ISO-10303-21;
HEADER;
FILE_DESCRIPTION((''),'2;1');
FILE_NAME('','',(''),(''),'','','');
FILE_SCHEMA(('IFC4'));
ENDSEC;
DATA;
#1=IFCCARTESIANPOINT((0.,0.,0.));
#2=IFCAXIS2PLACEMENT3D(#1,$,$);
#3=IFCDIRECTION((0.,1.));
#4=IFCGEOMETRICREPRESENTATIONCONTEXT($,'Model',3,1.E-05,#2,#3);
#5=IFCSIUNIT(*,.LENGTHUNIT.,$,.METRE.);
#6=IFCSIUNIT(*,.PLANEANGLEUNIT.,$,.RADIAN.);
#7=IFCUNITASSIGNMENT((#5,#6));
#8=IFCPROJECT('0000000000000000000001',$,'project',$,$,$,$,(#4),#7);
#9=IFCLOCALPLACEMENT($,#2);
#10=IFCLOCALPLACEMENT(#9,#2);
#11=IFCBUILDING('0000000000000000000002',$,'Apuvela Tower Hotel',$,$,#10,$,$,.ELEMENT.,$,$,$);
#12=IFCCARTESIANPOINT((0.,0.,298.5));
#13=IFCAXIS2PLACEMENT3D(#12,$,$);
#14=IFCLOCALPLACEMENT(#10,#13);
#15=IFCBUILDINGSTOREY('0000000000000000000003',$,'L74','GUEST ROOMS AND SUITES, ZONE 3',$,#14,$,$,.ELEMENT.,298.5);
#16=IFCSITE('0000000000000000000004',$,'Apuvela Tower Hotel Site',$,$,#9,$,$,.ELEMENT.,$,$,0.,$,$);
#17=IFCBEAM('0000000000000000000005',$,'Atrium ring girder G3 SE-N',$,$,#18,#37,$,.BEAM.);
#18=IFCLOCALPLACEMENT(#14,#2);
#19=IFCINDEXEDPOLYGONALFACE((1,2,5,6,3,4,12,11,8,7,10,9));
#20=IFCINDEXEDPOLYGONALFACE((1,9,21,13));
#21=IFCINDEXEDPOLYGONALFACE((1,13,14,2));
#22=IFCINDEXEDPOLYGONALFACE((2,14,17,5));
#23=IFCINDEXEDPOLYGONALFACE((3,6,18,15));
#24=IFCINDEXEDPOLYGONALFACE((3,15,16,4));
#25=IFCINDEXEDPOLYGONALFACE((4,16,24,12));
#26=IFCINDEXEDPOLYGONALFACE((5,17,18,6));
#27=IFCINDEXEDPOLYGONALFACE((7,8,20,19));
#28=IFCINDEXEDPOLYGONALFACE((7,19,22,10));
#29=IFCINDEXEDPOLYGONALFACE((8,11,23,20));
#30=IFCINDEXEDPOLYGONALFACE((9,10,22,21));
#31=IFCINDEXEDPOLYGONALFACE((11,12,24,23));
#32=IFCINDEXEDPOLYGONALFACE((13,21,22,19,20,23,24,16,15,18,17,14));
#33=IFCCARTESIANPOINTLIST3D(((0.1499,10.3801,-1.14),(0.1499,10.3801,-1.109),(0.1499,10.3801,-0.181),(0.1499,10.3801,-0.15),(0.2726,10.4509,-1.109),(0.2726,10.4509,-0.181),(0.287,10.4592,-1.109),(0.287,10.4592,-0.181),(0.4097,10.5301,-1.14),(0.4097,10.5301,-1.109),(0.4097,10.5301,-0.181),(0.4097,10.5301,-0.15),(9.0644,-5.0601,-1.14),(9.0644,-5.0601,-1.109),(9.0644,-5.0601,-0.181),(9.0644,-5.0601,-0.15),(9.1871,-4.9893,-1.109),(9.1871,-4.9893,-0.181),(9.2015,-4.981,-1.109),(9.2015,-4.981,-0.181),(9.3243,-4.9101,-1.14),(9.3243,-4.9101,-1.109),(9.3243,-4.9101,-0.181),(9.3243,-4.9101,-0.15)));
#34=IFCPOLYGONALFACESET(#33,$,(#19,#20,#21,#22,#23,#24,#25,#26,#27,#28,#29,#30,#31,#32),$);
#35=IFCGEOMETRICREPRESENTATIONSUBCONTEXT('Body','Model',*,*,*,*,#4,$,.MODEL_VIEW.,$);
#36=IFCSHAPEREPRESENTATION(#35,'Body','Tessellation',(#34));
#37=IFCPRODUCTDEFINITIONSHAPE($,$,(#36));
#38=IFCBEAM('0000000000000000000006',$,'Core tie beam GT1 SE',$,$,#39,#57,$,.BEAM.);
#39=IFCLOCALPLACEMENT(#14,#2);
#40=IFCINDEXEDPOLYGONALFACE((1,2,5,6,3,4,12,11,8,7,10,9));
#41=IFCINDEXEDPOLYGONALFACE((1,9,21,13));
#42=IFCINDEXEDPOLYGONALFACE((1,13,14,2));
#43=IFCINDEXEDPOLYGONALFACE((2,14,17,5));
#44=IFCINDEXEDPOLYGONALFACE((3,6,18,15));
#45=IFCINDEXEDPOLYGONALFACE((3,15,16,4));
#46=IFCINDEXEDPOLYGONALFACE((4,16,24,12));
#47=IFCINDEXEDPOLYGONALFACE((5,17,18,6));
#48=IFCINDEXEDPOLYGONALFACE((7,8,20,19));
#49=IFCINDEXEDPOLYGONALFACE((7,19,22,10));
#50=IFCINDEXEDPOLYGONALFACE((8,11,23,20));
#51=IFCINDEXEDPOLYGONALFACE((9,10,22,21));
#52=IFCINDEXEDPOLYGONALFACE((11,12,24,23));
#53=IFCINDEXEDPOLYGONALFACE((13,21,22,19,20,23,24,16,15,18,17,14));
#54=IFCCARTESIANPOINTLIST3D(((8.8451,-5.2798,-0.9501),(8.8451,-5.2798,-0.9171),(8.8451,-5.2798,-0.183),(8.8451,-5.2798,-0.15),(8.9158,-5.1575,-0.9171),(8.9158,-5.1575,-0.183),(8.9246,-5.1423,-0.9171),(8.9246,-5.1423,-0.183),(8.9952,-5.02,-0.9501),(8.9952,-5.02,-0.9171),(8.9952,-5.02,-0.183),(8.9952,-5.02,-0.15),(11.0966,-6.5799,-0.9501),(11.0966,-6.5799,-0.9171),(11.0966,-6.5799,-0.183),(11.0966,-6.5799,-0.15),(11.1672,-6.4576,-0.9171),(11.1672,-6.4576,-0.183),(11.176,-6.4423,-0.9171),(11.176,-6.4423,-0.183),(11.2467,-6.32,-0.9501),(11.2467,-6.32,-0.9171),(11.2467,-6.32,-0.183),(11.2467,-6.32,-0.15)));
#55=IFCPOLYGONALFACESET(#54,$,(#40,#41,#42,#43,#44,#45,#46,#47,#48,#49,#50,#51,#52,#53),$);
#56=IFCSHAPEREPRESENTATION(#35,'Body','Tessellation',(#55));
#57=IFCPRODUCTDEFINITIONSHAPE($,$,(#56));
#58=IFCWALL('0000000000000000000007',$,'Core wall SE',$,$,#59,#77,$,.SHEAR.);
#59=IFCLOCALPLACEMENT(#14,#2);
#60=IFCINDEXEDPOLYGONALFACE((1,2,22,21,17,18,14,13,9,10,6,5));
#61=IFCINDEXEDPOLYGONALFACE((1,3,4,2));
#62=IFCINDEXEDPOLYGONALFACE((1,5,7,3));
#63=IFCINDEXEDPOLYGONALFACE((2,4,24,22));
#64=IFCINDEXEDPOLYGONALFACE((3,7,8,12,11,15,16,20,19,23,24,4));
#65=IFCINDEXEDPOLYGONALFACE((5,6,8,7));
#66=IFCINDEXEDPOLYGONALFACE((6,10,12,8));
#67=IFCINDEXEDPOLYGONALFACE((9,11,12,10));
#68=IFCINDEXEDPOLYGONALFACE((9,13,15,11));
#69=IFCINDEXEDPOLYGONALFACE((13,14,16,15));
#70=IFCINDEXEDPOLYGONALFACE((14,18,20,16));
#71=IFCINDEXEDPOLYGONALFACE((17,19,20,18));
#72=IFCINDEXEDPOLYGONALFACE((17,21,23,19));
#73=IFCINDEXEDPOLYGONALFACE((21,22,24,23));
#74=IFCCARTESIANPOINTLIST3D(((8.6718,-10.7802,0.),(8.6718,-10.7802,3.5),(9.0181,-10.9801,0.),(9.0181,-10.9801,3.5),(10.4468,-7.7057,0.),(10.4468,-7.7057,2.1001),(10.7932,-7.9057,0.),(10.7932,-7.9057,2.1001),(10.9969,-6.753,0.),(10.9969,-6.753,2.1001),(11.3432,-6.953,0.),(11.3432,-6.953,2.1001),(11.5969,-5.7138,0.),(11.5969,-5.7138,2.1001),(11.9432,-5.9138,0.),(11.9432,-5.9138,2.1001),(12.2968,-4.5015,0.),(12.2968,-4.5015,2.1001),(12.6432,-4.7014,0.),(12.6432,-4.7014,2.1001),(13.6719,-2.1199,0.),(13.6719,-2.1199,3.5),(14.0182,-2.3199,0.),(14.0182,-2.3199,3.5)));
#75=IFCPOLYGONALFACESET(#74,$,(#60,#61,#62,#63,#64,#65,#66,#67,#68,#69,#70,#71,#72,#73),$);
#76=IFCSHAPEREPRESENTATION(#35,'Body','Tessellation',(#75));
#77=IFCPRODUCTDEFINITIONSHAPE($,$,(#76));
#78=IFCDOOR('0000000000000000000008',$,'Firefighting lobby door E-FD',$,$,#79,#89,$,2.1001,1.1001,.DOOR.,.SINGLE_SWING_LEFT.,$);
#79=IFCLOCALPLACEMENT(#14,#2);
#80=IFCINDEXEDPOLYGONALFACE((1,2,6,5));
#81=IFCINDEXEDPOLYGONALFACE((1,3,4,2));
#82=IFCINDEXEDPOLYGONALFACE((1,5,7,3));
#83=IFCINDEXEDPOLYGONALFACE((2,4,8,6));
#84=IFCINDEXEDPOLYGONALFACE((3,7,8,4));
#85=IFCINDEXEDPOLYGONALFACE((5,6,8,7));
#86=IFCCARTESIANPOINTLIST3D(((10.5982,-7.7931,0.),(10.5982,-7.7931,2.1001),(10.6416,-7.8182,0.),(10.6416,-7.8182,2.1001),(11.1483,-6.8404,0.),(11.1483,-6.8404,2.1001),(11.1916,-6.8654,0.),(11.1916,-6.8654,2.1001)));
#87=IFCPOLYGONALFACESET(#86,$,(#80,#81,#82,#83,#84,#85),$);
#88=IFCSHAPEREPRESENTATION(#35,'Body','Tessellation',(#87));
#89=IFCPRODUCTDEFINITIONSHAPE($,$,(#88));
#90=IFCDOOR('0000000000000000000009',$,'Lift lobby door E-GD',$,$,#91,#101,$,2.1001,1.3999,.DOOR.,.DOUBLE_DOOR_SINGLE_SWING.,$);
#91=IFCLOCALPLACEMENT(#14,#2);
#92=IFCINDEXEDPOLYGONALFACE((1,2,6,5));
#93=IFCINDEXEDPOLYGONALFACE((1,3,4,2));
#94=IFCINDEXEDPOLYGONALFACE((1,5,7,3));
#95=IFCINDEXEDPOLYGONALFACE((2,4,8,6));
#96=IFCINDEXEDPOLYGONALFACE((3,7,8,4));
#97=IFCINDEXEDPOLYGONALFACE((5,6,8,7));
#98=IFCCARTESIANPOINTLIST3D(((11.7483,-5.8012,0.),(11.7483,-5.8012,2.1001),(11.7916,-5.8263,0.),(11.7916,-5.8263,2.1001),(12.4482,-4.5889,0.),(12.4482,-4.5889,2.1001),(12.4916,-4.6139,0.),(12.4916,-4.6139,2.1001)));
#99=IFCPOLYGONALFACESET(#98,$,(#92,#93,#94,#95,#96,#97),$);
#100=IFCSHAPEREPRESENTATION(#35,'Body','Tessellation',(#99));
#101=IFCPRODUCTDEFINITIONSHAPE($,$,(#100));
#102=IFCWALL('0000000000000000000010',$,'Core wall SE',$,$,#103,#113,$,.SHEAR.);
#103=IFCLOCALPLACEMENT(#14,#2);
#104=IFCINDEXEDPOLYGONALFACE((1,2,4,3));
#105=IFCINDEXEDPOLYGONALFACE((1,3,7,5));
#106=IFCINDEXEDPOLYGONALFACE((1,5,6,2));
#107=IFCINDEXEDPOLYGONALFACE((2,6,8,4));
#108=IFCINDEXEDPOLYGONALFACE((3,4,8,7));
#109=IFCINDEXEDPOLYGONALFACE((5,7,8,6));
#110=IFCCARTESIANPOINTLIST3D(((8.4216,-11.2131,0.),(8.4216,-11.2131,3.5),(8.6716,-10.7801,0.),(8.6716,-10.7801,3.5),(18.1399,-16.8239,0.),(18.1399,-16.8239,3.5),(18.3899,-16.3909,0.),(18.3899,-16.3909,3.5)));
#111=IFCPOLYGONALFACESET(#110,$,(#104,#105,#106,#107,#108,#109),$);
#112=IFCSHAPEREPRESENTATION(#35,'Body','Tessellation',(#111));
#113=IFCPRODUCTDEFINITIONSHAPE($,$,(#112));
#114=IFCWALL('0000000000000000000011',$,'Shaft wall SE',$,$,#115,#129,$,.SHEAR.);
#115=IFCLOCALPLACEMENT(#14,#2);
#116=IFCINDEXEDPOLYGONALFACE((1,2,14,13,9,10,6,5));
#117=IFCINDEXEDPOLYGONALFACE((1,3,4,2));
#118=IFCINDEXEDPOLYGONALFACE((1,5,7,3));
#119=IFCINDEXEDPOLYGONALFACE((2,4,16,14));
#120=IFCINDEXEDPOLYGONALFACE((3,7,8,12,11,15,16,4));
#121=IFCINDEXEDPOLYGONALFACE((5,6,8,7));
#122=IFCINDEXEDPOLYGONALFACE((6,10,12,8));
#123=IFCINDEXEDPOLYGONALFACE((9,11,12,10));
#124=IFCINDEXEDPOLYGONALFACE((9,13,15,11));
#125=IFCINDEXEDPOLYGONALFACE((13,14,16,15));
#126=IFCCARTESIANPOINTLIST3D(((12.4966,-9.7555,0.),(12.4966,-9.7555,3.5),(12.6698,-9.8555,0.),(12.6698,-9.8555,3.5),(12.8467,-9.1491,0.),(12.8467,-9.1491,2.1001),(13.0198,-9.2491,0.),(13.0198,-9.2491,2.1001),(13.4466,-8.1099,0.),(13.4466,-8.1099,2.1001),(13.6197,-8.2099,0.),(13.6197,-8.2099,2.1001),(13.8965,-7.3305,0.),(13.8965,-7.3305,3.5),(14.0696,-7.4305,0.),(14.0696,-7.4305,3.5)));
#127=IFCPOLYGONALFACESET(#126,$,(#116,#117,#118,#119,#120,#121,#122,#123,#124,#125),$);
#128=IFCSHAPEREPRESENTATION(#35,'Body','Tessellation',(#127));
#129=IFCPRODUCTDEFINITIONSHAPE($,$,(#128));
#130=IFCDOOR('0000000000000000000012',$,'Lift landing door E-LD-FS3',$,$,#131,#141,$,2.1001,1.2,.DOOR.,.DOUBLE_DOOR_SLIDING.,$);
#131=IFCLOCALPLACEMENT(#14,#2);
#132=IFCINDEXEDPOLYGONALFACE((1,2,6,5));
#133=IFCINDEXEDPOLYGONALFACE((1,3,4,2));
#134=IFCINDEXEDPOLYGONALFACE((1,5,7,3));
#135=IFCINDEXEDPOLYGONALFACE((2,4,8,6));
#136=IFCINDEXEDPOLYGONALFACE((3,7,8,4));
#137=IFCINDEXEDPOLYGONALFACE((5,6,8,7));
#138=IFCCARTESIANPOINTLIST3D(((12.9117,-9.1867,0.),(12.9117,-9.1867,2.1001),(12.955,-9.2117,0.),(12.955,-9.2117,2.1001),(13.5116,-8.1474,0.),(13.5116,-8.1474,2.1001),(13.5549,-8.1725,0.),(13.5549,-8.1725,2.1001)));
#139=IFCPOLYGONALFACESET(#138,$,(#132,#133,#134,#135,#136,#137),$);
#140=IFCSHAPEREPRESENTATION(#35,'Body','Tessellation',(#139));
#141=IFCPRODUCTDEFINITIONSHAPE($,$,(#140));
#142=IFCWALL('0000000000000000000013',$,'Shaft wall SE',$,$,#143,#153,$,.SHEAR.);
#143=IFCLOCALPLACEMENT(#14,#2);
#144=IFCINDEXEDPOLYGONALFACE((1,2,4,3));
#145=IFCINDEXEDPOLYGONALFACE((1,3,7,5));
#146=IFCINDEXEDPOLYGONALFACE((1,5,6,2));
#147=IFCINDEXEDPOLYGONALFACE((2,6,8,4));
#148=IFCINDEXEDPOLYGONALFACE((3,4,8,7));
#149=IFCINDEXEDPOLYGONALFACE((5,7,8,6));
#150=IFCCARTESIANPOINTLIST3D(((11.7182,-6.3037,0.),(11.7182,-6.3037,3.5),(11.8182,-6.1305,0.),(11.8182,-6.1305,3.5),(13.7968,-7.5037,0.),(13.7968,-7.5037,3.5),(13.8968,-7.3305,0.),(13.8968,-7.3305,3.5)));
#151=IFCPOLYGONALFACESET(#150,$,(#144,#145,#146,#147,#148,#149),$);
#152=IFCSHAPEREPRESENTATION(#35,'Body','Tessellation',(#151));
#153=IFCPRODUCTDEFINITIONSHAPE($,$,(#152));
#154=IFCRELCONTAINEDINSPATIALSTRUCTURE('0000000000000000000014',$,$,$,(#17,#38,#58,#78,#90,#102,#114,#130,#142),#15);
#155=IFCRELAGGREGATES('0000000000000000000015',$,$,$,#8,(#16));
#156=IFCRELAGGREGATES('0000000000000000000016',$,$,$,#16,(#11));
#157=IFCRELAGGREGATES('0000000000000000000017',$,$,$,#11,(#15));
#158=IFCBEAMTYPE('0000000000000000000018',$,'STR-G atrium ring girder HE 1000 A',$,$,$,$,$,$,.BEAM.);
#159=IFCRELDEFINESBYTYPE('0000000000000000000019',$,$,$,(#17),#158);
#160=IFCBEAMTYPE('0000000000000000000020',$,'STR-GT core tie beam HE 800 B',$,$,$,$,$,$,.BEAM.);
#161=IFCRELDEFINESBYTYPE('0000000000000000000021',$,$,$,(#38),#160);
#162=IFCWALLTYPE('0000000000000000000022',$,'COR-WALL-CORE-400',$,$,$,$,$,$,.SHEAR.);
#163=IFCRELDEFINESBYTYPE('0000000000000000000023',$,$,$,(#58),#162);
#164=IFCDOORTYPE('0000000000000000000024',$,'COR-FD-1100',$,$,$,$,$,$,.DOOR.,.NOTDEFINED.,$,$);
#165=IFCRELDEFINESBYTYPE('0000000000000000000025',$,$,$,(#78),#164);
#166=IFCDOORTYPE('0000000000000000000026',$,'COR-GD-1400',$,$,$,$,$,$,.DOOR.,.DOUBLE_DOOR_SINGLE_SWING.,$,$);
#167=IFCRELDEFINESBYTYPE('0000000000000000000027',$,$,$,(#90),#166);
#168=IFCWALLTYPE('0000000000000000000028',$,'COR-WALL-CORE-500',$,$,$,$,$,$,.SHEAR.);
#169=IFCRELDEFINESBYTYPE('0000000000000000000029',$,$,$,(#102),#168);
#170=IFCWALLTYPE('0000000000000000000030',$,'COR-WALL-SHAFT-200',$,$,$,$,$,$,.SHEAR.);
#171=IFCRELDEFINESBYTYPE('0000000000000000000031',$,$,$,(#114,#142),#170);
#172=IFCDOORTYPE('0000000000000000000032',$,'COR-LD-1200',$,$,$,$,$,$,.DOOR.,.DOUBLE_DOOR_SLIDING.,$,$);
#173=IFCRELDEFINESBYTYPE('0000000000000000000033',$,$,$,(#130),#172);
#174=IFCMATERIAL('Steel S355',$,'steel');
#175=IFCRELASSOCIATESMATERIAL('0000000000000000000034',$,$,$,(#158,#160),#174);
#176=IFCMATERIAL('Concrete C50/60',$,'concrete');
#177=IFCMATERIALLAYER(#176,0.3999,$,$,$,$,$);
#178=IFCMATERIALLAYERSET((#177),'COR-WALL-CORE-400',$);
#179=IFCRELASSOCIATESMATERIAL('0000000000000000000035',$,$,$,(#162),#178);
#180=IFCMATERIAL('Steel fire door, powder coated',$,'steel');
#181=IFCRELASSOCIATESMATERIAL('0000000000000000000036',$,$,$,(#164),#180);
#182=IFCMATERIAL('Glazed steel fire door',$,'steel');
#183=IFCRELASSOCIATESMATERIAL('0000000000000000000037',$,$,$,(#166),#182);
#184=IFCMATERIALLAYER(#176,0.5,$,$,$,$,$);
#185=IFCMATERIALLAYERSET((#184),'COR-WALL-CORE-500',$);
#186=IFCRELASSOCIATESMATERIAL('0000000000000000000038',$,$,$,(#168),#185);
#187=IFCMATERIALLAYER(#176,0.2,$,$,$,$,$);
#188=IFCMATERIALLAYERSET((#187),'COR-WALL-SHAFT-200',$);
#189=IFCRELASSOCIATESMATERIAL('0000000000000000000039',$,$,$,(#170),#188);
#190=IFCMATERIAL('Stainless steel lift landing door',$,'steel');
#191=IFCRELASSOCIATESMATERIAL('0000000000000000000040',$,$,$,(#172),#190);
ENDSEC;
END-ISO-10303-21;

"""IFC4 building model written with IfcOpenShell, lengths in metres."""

from ifc_helpers import new_model, si_unit, direction, frame, frame_2d, origin, origin_2d, place, context, subcontext, project, spatial, rectangle, i_section, extrude, material, layer, layer_set, material_profile, profile_set, type_object, element, fill, save


model = new_model("IFC4")

# Units and contexts
model_context = context("Model", 3, precision=1e-05, world=origin(), true_north=direction((0.0, 1.0)))
body_context = subcontext(model_context, "Body", "Model", "MODEL_VIEW")
ifc_project = project(units=[si_unit("LENGTHUNIT", "METRE"), si_unit("PLANEANGLEUNIT", "RADIAN")], contexts=[model_context])

# Site, building, storey
site_placement = place(None, origin())
site = spatial("IfcSite", under=ifc_project, at=site_placement, Name="Apuvela Tower Hotel Site", CompositionType="ELEMENT", RefElevation=0.0)
building_placement = place(site_placement, origin())
building = spatial("IfcBuilding", under=site, at=building_placement, Name="Apuvela Tower Hotel", CompositionType="ELEMENT")
storey_placement = place(building_placement, frame((0.0, 0.0, 298.5)))
storey = spatial("IfcBuildingStorey", under=building, at=storey_placement, Name="L74", Description="GUEST ROOMS AND SUITES, ZONE 3", CompositionType="ELEMENT", Elevation=298.5)

# Beams
ifc_material_1 = material(Name="Steel S355", Category="steel")
ifc_material_profile_1 = material_profile(ifc_material_1, i_section(OverallWidth=0.3, OverallDepth=0.99, WebThickness=0.0166, FlangeThickness=0.031, at=origin_2d()), Name="HE 1000 A")
ifc_profile_set_1 = profile_set([ifc_material_profile_1], Name="Steel S355")
beam_type_1 = type_object("IfcBeamType", Name="STR-G atrium ring girder HE 1000 A", PredefinedType="BEAM", material=ifc_profile_set_1)
beam_1_placement = place(storey_placement, frame((9.1943, -4.9851, -0.645), z_axis=(-0.500007, 0.866022, 0.0), x_axis=(-0.866022, -0.500007, 0.0)))
element("IfcBeam", 1, at=beam_1_placement, inside=storey, type_object=beam_type_1, Name="Atrium ring girder G3 SE-N", PredefinedType="BEAM", context=body_context, shape_type="SweptSolid", body=[
    extrude(i_section(OverallWidth=0.3, OverallDepth=0.99, WebThickness=0.0166, FlangeThickness=0.031, at=origin_2d()), origin(), (0.0, 0.0, 1.0), 17.8289),
])
ifc_material_profile_2 = material_profile(ifc_material_1, i_section(OverallWidth=0.3, OverallDepth=0.8, WebThickness=0.0176, FlangeThickness=0.033, at=origin_2d()), Name="HE 800 B")
ifc_profile_set_2 = profile_set([ifc_material_profile_2], Name="Steel S355")
beam_type_2 = type_object("IfcBeamType", Name="STR-GT core tie beam HE 800 B", PredefinedType="BEAM", material=ifc_profile_set_2)
beam_2_placement = place(storey_placement, frame((11.1716, -6.45, -0.55), z_axis=(-0.865998, 0.500048, 0.0), x_axis=(-0.500048, -0.865998, 0.0)))
element("IfcBeam", 2, at=beam_2_placement, inside=storey, type_object=beam_type_2, Name="Core tie beam GT1 SE", PredefinedType="BEAM", context=body_context, shape_type="SweptSolid", body=[
    extrude(i_section(OverallWidth=0.3, OverallDepth=0.8, WebThickness=0.0176, FlangeThickness=0.033, at=origin_2d()), origin(), (0.0, 0.0, 1.0), 2.5999),
])

# Wall, openings, doors
ifc_material_2 = material(Name="Concrete C50/60", Category="concrete")
ifc_layer_1 = layer(ifc_material_2, 0.3999)
ifc_layer_set_1 = layer_set([ifc_layer_1], Name="COR-WALL-CORE-400")
wall_type_1 = type_object("IfcWallType", Name="COR-WALL-CORE-400", PredefinedType="SHEAR", material=ifc_layer_set_1)
wall_1_placement = place(storey_placement, frame((8.845, -10.8801, 0.0), z_axis=(0.0, 0.0, 1.0), x_axis=(0.500004, 0.866023, 0.0)))
wall_1 = element("IfcWall", 3, at=wall_1_placement, inside=storey, type_object=wall_type_1, Name="Core wall SE", PredefinedType="SHEAR", context=body_context, shape_type="SweptSolid", body=[
    extrude(rectangle(XDim=10.0, YDim=0.3999, at=frame_2d((5.0, 0.0))), origin(), (0.0, 0.0, 1.0), 3.5),
])
opening_1_placement = place(wall_1_placement, frame((3.55, 0.0, 0.0)))
opening_1 = element("IfcOpeningElement", 4, at=opening_1_placement, cuts=wall_1, PredefinedType="OPENING", context=body_context, shape_type="SweptSolid", body=[
    extrude(rectangle(XDim=1.1001, YDim=2.1001, at=frame_2d((0.55, 1.05))), frame((0.0, 0.21, 0.0), z_axis=(0.0, -1.0, 0.0), x_axis=(1.0, 0.0, 0.0)), (0.0, 0.0, 1.0), 0.4199),
])
opening_2_placement = place(wall_1_placement, frame((5.8501, 0.0, 0.0)))
opening_2 = element("IfcOpeningElement", 5, at=opening_2_placement, cuts=wall_1, PredefinedType="OPENING", context=body_context, shape_type="SweptSolid", body=[
    extrude(rectangle(XDim=1.3999, YDim=2.1001, at=frame_2d((0.7, 1.05))), frame((0.0, 0.21, 0.0), z_axis=(0.0, -1.0, 0.0), x_axis=(1.0, 0.0, 0.0)), (0.0, 0.0, 1.0), 0.4199),
])
ifc_material_3 = material(Name="Steel fire door, powder coated", Category="steel")
door_type_1 = type_object("IfcDoorType", Name="COR-FD-1100", OperationType="NOTDEFINED", PredefinedType="DOOR", material=ifc_material_3)
door_1_placement = place(opening_1_placement, frame((1.1001, 0.0, 0.0), z_axis=(0.0, 0.0, 1.0), x_axis=(-1.0, 0.0, 0.0)))
door_1 = element("IfcDoor", 6, at=door_1_placement, inside=storey, type_object=door_type_1, Name="Firefighting lobby door E-FD", OperationType="SINGLE_SWING_LEFT", OverallHeight=2.1001, OverallWidth=1.1001, PredefinedType="DOOR", context=body_context, shape_type="SweptSolid", body=[
    extrude(rectangle(XDim=1.1001, YDim=2.1001, at=frame_2d((0.55, 1.05))), frame((0.0, 0.0249, 0.0), z_axis=(0.0, -1.0, 0.0), x_axis=(1.0, 0.0, 0.0)), (0.0, 0.0, 1.0), 0.05),
])
fill(opening_1, door_1)
ifc_material_4 = material(Name="Glazed steel fire door", Category="steel")
door_type_2 = type_object("IfcDoorType", Name="COR-GD-1400", OperationType="DOUBLE_DOOR_SINGLE_SWING", PredefinedType="DOOR", material=ifc_material_4)
door_2_placement = place(opening_2_placement, frame((1.3999, 0.0, 0.0), z_axis=(0.0, 0.0, 1.0), x_axis=(-1.0, 0.0, 0.0)))
door_2 = element("IfcDoor", 7, at=door_2_placement, inside=storey, type_object=door_type_2, Name="Lift lobby door E-GD", OperationType="DOUBLE_DOOR_SINGLE_SWING", OverallHeight=2.1001, OverallWidth=1.3999, PredefinedType="DOOR", context=body_context, shape_type="SweptSolid", body=[
    extrude(rectangle(XDim=1.3999, YDim=2.1001, at=frame_2d((0.7, 1.05))), frame((0.0, 0.0249, 0.0), z_axis=(0.0, -1.0, 0.0), x_axis=(1.0, 0.0, 0.0)), (0.0, 0.0, 1.0), 0.05),
])
fill(opening_2, door_2)

# Wall
ifc_layer_2 = layer(ifc_material_2, 0.5)
ifc_layer_set_2 = layer_set([ifc_layer_2], Name="COR-WALL-CORE-500")
wall_type_2 = type_object("IfcWallType", Name="COR-WALL-CORE-500", PredefinedType="SHEAR", material=ifc_layer_set_2)
wall_2_placement = place(storey_placement, frame((8.5466, -10.9966, 0.0), z_axis=(0.0, 0.0, 1.0), x_axis=(0.866025, -0.5, 0.0)))
element("IfcWall", 8, at=wall_2_placement, inside=storey, type_object=wall_type_2, Name="Core wall SE", PredefinedType="SHEAR", context=body_context, shape_type="SweptSolid", body=[
    extrude(rectangle(XDim=11.2217, YDim=0.5, at=frame_2d((5.6108, 0.0))), origin(), (0.0, 0.0, 1.0), 3.5),
])

# Wall, opening, door
ifc_layer_3 = layer(ifc_material_2, 0.2)
ifc_layer_set_3 = layer_set([ifc_layer_3], Name="COR-WALL-SHAFT-200")
wall_type_3 = type_object("IfcWallType", Name="COR-WALL-SHAFT-200", PredefinedType="SHEAR", material=ifc_layer_set_3)
wall_3_placement = place(storey_placement, frame((12.5833, -9.8054, 0.0), z_axis=(0.0, 0.0, 1.0), x_axis=(0.499946, 0.866056, 0.0)))
wall_3 = element("IfcWall", 9, at=wall_3_placement, inside=storey, type_object=wall_type_3, Name="Shaft wall SE", PredefinedType="SHEAR", context=body_context, shape_type="SweptSolid", body=[
    extrude(rectangle(XDim=2.8, YDim=0.2, at=frame_2d((1.3999, 0.0))), origin(), (0.0, 0.0, 1.0), 3.5),
])
opening_3_placement = place(wall_3_placement, frame((0.7, 0.0, 0.0)))
opening_3 = element("IfcOpeningElement", 10, at=opening_3_placement, cuts=wall_3, PredefinedType="OPENING", context=body_context, shape_type="SweptSolid", body=[
    extrude(rectangle(XDim=1.2, YDim=2.1001, at=frame_2d((0.6001, 1.05))), frame((0.0, 0.1099, 0.0), z_axis=(0.0, -1.0, 0.0), x_axis=(1.0, 0.0, 0.0)), (0.0, 0.0, 1.0), 0.22),
])
ifc_material_5 = material(Name="Stainless steel lift landing door", Category="steel")
door_type_3 = type_object("IfcDoorType", Name="COR-LD-1200", OperationType="DOUBLE_DOOR_SLIDING", PredefinedType="DOOR", material=ifc_material_5)
door_3_placement = place(opening_3_placement, origin())
door_3 = element("IfcDoor", 11, at=door_3_placement, inside=storey, type_object=door_type_3, Name="Lift landing door E-LD-FS3", OperationType="DOUBLE_DOOR_SLIDING", OverallHeight=2.1001, OverallWidth=1.2, PredefinedType="DOOR", context=body_context, shape_type="SweptSolid", body=[
    extrude(rectangle(XDim=1.2, YDim=2.1001, at=frame_2d((0.6001, 1.05))), frame((0.0, 0.0249, 0.0), z_axis=(0.0, -1.0, 0.0), x_axis=(1.0, 0.0, 0.0)), (0.0, 0.0, 1.0), 0.05),
])
fill(opening_3, door_3)

# Wall
wall_4_placement = place(storey_placement, frame((11.7681, -6.217, 0.0), z_axis=(0.0, 0.0, 1.0), x_axis=(0.86605, -0.499957, 0.0)))
element("IfcWall", 12, at=wall_4_placement, inside=storey, type_object=wall_type_3, Name="Shaft wall SE", PredefinedType="SHEAR", context=body_context, shape_type="SweptSolid", body=[
    extrude(rectangle(XDim=2.4001, YDim=0.2, at=frame_2d((1.2002, 0.0))), origin(), (0.0, 0.0, 1.0), 3.5),
])

save(model, "model.ifc")
